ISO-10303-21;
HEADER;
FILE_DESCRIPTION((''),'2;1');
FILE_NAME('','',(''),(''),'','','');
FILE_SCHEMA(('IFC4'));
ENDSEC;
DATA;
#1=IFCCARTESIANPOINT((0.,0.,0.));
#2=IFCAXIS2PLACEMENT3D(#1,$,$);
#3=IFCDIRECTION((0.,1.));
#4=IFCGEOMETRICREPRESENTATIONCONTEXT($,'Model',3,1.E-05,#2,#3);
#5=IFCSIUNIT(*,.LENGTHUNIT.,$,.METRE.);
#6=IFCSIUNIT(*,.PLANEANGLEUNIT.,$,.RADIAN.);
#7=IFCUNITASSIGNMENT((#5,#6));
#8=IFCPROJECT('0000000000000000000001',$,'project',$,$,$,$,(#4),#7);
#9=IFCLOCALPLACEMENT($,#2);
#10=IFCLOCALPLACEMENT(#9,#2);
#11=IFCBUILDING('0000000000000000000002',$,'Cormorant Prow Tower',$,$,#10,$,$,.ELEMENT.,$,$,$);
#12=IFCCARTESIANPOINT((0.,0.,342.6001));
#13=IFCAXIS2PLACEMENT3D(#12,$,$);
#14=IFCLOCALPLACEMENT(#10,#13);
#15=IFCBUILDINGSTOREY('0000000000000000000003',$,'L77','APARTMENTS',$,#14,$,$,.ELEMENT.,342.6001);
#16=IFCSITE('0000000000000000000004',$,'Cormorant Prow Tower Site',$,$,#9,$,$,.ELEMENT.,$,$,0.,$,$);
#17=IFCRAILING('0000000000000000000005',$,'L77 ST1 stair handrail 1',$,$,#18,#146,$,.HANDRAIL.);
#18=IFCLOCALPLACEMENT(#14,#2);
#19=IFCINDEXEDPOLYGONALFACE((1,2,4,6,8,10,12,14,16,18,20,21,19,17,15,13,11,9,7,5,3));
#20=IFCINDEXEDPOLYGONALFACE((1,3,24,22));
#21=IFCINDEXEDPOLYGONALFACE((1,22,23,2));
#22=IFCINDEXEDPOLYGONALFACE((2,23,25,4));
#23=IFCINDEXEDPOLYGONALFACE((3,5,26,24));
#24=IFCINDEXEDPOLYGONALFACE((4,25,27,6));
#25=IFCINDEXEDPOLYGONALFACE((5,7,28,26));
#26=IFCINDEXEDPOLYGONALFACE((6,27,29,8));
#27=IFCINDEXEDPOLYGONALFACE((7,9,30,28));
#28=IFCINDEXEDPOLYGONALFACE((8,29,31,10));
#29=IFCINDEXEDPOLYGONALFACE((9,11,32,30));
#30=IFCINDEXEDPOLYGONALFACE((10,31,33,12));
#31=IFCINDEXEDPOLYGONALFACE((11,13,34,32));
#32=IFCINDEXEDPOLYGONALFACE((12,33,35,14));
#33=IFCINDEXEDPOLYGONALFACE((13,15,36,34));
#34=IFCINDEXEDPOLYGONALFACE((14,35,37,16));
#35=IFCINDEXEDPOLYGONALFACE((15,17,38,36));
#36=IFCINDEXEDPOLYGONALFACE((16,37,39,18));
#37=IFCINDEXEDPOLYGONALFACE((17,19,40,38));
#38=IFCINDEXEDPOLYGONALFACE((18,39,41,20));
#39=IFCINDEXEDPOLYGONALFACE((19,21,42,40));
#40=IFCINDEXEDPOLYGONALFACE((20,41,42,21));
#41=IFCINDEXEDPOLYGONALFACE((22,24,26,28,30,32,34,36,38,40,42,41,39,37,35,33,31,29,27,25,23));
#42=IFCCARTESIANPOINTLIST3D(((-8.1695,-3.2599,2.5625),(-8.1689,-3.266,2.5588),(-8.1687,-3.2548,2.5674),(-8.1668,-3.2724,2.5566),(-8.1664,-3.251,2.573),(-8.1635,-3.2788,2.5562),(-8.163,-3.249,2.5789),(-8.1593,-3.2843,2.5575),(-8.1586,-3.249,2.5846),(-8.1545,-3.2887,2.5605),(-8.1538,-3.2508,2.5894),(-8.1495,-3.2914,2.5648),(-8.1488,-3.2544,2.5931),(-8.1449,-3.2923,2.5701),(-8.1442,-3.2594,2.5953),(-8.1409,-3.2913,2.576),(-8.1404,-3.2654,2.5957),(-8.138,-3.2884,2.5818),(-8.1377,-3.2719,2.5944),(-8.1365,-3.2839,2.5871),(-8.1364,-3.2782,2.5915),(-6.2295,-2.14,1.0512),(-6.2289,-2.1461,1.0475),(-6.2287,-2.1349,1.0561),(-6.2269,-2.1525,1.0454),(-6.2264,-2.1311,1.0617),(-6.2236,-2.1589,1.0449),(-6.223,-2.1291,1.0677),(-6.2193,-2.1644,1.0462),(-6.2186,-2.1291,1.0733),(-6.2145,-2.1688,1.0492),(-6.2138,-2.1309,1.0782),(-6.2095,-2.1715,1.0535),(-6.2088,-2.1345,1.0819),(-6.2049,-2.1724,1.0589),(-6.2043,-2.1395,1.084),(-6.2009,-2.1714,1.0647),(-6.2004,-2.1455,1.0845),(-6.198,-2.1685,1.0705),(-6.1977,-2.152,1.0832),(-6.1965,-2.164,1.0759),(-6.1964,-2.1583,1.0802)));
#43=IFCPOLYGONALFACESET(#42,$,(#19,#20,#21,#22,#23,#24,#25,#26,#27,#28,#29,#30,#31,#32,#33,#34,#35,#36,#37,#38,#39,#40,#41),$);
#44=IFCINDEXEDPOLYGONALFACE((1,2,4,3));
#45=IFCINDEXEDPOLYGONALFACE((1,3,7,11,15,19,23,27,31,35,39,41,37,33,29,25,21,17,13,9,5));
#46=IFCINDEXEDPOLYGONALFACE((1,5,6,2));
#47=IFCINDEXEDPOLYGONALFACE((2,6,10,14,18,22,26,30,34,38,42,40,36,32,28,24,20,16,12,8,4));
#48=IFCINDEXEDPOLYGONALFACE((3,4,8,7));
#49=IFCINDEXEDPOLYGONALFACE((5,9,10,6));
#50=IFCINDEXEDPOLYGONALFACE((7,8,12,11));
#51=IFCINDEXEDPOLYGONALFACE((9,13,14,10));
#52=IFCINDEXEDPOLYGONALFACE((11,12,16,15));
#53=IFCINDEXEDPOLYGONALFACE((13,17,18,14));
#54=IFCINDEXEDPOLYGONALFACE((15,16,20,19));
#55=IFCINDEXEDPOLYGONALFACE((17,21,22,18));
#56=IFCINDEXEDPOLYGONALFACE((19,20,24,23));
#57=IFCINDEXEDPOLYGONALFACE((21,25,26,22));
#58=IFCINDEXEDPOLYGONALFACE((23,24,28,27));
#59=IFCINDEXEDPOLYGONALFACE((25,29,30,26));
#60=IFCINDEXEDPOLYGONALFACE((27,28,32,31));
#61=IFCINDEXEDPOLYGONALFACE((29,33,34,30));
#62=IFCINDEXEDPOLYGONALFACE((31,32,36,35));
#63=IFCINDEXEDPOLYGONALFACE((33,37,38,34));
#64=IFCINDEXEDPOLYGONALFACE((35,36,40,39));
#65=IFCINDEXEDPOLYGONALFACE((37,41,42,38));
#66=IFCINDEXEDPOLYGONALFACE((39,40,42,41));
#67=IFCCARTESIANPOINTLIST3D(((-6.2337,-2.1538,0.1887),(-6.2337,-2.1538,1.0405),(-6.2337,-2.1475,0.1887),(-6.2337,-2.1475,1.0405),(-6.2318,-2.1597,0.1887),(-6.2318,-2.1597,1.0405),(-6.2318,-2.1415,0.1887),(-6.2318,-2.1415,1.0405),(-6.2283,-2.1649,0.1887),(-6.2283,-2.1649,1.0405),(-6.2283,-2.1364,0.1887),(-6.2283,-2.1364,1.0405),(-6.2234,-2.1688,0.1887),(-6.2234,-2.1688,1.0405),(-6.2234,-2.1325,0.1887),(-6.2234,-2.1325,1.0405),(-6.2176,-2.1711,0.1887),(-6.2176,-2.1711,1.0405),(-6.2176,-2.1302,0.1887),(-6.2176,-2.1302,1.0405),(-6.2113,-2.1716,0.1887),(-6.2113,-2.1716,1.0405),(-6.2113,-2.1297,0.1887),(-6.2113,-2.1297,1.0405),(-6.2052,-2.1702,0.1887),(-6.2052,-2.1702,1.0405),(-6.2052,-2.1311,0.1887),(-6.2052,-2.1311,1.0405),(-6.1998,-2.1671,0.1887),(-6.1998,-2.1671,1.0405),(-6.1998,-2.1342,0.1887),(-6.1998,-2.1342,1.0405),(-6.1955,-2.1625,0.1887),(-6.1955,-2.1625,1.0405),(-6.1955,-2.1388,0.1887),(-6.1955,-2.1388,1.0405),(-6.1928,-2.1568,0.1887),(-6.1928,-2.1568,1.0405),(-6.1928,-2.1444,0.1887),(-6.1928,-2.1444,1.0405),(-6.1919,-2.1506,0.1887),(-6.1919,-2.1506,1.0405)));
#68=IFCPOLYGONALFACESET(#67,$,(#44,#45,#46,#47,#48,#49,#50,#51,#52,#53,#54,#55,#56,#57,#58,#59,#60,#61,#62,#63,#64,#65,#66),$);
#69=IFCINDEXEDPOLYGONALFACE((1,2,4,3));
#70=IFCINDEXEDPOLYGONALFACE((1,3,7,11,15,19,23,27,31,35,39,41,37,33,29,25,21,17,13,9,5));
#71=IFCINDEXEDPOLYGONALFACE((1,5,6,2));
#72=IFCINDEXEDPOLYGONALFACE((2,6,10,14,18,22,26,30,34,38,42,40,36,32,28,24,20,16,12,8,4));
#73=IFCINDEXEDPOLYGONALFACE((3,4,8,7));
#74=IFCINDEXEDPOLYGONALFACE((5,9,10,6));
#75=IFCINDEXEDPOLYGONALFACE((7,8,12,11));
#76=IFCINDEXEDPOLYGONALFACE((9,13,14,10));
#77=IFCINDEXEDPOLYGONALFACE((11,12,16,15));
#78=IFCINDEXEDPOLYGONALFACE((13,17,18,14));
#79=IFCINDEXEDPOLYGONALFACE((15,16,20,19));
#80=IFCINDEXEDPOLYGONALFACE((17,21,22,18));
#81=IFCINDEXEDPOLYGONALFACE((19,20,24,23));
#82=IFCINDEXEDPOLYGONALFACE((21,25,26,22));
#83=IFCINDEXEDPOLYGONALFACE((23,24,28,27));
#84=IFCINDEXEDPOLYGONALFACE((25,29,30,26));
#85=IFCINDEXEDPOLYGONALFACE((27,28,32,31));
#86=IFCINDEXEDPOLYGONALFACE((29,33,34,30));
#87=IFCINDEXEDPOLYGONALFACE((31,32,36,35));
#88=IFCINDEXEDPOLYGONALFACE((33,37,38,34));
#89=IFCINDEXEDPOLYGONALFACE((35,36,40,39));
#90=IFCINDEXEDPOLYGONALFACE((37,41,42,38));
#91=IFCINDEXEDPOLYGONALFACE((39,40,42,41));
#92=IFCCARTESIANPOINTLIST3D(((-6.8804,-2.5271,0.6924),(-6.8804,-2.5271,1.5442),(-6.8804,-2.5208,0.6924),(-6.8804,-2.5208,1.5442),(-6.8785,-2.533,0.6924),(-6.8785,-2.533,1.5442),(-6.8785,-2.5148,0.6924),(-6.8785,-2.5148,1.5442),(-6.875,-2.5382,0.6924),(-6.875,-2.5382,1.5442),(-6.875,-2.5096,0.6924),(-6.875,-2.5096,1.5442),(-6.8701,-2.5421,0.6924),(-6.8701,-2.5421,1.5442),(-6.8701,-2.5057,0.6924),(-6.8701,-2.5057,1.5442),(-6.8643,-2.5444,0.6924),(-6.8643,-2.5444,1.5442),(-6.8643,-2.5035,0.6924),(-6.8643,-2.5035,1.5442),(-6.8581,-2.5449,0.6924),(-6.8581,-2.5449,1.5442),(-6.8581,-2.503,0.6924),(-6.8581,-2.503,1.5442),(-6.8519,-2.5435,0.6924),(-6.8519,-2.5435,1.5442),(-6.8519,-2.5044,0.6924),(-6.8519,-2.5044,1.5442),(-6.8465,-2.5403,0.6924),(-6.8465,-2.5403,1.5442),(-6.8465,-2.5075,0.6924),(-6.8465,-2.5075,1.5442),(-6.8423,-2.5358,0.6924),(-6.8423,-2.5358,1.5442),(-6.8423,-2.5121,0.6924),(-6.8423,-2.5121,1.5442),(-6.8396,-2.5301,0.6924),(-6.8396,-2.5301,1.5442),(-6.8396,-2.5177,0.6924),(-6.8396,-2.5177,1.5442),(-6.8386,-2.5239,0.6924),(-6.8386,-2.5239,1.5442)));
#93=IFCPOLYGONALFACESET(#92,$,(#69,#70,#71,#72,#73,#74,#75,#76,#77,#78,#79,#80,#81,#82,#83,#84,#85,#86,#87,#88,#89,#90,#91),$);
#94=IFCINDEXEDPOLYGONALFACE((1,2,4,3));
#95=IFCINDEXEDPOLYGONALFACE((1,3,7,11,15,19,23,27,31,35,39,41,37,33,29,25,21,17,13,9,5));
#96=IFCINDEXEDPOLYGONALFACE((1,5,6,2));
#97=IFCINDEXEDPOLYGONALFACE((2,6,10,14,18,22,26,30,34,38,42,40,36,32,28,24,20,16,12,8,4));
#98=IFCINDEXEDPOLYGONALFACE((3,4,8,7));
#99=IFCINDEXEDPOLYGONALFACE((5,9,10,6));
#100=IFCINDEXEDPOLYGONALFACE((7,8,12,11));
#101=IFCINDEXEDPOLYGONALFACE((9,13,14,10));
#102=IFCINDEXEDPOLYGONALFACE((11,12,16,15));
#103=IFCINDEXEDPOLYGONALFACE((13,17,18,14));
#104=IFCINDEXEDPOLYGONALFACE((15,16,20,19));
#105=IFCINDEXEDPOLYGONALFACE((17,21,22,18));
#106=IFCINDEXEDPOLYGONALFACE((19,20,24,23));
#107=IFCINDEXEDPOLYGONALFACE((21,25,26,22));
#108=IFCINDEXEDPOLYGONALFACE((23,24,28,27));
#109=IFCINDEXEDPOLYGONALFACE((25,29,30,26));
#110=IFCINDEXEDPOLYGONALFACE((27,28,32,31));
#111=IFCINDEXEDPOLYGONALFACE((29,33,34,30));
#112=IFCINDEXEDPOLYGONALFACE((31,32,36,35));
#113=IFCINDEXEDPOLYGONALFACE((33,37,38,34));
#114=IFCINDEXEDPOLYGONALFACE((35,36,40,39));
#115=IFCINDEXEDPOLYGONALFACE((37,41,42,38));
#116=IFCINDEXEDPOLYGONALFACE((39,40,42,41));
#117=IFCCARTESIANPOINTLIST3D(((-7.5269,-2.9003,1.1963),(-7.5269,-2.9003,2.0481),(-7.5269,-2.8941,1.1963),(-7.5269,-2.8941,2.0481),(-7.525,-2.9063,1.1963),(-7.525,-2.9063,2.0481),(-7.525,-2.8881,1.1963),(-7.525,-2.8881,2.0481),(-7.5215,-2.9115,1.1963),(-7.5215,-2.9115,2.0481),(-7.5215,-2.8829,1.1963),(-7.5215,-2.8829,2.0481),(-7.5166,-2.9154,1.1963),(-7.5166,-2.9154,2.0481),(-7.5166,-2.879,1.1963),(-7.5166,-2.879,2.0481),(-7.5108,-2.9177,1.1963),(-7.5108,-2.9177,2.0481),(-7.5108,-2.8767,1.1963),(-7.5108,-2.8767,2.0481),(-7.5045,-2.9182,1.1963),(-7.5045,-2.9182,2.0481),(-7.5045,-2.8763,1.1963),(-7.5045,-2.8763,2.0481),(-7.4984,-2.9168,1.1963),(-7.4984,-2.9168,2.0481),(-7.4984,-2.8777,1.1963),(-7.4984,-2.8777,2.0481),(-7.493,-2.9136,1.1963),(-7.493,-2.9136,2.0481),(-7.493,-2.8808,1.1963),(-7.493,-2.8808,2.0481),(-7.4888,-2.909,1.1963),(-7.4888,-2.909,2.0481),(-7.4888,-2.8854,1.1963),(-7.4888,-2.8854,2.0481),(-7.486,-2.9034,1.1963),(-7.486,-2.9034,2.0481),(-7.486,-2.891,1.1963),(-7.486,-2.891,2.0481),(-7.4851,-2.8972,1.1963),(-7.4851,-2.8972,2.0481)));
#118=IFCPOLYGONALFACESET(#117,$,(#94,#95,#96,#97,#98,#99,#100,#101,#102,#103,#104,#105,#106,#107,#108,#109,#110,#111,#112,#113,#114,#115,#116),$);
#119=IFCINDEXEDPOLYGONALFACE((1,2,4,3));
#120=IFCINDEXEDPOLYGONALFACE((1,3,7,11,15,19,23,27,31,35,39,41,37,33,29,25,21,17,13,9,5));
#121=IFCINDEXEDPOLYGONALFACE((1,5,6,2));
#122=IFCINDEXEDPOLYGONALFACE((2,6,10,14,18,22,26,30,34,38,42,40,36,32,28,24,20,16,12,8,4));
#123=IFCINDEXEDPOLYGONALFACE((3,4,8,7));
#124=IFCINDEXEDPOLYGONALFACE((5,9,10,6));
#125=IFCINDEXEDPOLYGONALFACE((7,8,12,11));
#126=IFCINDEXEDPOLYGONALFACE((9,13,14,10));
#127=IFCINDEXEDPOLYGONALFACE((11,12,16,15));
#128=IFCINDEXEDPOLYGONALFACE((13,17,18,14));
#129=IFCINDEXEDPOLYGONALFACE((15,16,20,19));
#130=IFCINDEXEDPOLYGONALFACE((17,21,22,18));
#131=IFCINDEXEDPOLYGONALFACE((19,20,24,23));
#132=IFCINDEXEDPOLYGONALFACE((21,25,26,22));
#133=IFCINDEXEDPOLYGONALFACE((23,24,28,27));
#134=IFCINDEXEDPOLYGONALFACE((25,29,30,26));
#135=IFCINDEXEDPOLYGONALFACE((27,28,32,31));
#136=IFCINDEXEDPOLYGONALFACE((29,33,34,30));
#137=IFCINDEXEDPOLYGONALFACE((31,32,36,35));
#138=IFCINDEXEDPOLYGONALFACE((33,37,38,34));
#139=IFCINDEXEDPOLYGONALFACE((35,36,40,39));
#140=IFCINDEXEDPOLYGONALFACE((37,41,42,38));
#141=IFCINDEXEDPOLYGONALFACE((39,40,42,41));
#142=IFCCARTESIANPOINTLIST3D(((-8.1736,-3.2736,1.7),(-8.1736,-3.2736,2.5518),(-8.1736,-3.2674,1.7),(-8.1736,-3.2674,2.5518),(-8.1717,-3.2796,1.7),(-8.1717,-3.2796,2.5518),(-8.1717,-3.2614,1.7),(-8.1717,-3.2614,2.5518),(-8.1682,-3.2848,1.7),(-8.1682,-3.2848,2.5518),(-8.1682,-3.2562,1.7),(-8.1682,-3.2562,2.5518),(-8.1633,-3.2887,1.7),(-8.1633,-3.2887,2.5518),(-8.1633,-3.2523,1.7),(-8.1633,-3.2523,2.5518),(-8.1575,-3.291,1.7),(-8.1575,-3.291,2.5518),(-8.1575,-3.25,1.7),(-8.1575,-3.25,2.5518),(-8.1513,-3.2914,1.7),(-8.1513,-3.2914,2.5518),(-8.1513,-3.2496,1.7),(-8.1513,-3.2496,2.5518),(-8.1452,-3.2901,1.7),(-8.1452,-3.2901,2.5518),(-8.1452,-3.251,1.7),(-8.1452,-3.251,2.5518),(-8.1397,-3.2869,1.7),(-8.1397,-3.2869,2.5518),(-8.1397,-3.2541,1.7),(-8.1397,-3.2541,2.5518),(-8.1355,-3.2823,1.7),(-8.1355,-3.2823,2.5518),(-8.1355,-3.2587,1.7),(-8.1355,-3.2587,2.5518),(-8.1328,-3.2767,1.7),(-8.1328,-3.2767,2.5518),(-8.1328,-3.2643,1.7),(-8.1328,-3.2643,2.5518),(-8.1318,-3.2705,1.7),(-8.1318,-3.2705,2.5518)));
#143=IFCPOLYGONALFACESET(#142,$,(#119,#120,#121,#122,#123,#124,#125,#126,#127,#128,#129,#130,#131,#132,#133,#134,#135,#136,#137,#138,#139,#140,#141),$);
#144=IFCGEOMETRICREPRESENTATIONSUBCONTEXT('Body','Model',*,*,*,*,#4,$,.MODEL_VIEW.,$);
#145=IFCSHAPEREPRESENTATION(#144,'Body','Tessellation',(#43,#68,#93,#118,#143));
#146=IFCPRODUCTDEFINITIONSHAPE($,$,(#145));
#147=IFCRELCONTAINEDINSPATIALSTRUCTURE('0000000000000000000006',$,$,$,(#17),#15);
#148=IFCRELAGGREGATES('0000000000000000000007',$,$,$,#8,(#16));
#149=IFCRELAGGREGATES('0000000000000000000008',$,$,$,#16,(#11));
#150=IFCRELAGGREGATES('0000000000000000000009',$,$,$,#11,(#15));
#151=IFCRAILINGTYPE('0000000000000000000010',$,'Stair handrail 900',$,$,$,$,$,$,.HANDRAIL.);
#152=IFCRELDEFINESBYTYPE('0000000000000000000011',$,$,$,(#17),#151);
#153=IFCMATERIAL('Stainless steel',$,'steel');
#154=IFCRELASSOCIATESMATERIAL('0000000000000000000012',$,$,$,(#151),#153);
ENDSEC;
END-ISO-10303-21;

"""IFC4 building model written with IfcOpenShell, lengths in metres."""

from ifc_helpers import new_model, si_unit, direction, frame, origin, origin_2d, place, context, subcontext, project, spatial, circle, extrude, material, type_object, element, save


model = new_model("IFC4")

# Units and contexts
model_context = context("Model", 3, precision=1e-05, world=origin(), true_north=direction((0.0, 1.0)))
body_context = subcontext(model_context, "Body", "Model", "MODEL_VIEW")
ifc_project = project(units=[si_unit("LENGTHUNIT", "METRE"), si_unit("PLANEANGLEUNIT", "RADIAN")], contexts=[model_context])

# Site, building, storey
site_placement = place(None, origin())
site = spatial("IfcSite", under=ifc_project, at=site_placement, Name="Cormorant Prow Tower Site", CompositionType="ELEMENT", RefElevation=0.0)
building_placement = place(site_placement, origin())
building = spatial("IfcBuilding", under=site, at=building_placement, Name="Cormorant Prow Tower", CompositionType="ELEMENT")
storey_placement = place(building_placement, frame((0.0, 0.0, 342.6001)))
storey = spatial("IfcBuildingStorey", under=building, at=storey_placement, Name="L77", Description="APARTMENTS", CompositionType="ELEMENT", Elevation=342.6001)

# Railing
ifc_material_1 = material(Name="Stainless steel", Category="steel")
railing_type_1 = type_object("IfcRailingType", Name="Stair handrail 900", PredefinedType="HANDRAIL", material=ifc_material_1)
railing_1_placement = place(storey_placement, frame((-6.2129, -2.1506, 0.1887)))
element("IfcRailing", 1, at=railing_1_placement, inside=storey, type_object=railing_type_1, Name="L77 ST1 stair handrail 1", PredefinedType="HANDRAIL", context=body_context, shape_type="SweptSolid", body=[
    extrude(circle(Radius=0.0239, at=origin_2d()), frame((0.0, 0.0, 0.876), z_axis=(-0.71794, -0.414447, 0.559281), x_axis=(0.499949, -0.866055, 0.0)), (0.0, 0.0, 1.0), 2.7021),
    extrude(circle(Radius=0.021, at=origin_2d()), origin(), (0.0, 0.0, 1.0), 0.8518),
    extrude(circle(Radius=0.021, at=origin_2d()), frame((-0.6467, -0.3733, 0.5037)), (0.0, 0.0, 1.0), 0.8518),
    extrude(circle(Radius=0.021, at=origin_2d()), frame((-1.2932, -0.7466, 1.0076)), (0.0, 0.0, 1.0), 0.8518),
    extrude(circle(Radius=0.021, at=origin_2d()), frame((-1.9399, -1.1199, 1.5112)), (0.0, 0.0, 1.0), 0.8518),
])

save(model, "model.ifc")
